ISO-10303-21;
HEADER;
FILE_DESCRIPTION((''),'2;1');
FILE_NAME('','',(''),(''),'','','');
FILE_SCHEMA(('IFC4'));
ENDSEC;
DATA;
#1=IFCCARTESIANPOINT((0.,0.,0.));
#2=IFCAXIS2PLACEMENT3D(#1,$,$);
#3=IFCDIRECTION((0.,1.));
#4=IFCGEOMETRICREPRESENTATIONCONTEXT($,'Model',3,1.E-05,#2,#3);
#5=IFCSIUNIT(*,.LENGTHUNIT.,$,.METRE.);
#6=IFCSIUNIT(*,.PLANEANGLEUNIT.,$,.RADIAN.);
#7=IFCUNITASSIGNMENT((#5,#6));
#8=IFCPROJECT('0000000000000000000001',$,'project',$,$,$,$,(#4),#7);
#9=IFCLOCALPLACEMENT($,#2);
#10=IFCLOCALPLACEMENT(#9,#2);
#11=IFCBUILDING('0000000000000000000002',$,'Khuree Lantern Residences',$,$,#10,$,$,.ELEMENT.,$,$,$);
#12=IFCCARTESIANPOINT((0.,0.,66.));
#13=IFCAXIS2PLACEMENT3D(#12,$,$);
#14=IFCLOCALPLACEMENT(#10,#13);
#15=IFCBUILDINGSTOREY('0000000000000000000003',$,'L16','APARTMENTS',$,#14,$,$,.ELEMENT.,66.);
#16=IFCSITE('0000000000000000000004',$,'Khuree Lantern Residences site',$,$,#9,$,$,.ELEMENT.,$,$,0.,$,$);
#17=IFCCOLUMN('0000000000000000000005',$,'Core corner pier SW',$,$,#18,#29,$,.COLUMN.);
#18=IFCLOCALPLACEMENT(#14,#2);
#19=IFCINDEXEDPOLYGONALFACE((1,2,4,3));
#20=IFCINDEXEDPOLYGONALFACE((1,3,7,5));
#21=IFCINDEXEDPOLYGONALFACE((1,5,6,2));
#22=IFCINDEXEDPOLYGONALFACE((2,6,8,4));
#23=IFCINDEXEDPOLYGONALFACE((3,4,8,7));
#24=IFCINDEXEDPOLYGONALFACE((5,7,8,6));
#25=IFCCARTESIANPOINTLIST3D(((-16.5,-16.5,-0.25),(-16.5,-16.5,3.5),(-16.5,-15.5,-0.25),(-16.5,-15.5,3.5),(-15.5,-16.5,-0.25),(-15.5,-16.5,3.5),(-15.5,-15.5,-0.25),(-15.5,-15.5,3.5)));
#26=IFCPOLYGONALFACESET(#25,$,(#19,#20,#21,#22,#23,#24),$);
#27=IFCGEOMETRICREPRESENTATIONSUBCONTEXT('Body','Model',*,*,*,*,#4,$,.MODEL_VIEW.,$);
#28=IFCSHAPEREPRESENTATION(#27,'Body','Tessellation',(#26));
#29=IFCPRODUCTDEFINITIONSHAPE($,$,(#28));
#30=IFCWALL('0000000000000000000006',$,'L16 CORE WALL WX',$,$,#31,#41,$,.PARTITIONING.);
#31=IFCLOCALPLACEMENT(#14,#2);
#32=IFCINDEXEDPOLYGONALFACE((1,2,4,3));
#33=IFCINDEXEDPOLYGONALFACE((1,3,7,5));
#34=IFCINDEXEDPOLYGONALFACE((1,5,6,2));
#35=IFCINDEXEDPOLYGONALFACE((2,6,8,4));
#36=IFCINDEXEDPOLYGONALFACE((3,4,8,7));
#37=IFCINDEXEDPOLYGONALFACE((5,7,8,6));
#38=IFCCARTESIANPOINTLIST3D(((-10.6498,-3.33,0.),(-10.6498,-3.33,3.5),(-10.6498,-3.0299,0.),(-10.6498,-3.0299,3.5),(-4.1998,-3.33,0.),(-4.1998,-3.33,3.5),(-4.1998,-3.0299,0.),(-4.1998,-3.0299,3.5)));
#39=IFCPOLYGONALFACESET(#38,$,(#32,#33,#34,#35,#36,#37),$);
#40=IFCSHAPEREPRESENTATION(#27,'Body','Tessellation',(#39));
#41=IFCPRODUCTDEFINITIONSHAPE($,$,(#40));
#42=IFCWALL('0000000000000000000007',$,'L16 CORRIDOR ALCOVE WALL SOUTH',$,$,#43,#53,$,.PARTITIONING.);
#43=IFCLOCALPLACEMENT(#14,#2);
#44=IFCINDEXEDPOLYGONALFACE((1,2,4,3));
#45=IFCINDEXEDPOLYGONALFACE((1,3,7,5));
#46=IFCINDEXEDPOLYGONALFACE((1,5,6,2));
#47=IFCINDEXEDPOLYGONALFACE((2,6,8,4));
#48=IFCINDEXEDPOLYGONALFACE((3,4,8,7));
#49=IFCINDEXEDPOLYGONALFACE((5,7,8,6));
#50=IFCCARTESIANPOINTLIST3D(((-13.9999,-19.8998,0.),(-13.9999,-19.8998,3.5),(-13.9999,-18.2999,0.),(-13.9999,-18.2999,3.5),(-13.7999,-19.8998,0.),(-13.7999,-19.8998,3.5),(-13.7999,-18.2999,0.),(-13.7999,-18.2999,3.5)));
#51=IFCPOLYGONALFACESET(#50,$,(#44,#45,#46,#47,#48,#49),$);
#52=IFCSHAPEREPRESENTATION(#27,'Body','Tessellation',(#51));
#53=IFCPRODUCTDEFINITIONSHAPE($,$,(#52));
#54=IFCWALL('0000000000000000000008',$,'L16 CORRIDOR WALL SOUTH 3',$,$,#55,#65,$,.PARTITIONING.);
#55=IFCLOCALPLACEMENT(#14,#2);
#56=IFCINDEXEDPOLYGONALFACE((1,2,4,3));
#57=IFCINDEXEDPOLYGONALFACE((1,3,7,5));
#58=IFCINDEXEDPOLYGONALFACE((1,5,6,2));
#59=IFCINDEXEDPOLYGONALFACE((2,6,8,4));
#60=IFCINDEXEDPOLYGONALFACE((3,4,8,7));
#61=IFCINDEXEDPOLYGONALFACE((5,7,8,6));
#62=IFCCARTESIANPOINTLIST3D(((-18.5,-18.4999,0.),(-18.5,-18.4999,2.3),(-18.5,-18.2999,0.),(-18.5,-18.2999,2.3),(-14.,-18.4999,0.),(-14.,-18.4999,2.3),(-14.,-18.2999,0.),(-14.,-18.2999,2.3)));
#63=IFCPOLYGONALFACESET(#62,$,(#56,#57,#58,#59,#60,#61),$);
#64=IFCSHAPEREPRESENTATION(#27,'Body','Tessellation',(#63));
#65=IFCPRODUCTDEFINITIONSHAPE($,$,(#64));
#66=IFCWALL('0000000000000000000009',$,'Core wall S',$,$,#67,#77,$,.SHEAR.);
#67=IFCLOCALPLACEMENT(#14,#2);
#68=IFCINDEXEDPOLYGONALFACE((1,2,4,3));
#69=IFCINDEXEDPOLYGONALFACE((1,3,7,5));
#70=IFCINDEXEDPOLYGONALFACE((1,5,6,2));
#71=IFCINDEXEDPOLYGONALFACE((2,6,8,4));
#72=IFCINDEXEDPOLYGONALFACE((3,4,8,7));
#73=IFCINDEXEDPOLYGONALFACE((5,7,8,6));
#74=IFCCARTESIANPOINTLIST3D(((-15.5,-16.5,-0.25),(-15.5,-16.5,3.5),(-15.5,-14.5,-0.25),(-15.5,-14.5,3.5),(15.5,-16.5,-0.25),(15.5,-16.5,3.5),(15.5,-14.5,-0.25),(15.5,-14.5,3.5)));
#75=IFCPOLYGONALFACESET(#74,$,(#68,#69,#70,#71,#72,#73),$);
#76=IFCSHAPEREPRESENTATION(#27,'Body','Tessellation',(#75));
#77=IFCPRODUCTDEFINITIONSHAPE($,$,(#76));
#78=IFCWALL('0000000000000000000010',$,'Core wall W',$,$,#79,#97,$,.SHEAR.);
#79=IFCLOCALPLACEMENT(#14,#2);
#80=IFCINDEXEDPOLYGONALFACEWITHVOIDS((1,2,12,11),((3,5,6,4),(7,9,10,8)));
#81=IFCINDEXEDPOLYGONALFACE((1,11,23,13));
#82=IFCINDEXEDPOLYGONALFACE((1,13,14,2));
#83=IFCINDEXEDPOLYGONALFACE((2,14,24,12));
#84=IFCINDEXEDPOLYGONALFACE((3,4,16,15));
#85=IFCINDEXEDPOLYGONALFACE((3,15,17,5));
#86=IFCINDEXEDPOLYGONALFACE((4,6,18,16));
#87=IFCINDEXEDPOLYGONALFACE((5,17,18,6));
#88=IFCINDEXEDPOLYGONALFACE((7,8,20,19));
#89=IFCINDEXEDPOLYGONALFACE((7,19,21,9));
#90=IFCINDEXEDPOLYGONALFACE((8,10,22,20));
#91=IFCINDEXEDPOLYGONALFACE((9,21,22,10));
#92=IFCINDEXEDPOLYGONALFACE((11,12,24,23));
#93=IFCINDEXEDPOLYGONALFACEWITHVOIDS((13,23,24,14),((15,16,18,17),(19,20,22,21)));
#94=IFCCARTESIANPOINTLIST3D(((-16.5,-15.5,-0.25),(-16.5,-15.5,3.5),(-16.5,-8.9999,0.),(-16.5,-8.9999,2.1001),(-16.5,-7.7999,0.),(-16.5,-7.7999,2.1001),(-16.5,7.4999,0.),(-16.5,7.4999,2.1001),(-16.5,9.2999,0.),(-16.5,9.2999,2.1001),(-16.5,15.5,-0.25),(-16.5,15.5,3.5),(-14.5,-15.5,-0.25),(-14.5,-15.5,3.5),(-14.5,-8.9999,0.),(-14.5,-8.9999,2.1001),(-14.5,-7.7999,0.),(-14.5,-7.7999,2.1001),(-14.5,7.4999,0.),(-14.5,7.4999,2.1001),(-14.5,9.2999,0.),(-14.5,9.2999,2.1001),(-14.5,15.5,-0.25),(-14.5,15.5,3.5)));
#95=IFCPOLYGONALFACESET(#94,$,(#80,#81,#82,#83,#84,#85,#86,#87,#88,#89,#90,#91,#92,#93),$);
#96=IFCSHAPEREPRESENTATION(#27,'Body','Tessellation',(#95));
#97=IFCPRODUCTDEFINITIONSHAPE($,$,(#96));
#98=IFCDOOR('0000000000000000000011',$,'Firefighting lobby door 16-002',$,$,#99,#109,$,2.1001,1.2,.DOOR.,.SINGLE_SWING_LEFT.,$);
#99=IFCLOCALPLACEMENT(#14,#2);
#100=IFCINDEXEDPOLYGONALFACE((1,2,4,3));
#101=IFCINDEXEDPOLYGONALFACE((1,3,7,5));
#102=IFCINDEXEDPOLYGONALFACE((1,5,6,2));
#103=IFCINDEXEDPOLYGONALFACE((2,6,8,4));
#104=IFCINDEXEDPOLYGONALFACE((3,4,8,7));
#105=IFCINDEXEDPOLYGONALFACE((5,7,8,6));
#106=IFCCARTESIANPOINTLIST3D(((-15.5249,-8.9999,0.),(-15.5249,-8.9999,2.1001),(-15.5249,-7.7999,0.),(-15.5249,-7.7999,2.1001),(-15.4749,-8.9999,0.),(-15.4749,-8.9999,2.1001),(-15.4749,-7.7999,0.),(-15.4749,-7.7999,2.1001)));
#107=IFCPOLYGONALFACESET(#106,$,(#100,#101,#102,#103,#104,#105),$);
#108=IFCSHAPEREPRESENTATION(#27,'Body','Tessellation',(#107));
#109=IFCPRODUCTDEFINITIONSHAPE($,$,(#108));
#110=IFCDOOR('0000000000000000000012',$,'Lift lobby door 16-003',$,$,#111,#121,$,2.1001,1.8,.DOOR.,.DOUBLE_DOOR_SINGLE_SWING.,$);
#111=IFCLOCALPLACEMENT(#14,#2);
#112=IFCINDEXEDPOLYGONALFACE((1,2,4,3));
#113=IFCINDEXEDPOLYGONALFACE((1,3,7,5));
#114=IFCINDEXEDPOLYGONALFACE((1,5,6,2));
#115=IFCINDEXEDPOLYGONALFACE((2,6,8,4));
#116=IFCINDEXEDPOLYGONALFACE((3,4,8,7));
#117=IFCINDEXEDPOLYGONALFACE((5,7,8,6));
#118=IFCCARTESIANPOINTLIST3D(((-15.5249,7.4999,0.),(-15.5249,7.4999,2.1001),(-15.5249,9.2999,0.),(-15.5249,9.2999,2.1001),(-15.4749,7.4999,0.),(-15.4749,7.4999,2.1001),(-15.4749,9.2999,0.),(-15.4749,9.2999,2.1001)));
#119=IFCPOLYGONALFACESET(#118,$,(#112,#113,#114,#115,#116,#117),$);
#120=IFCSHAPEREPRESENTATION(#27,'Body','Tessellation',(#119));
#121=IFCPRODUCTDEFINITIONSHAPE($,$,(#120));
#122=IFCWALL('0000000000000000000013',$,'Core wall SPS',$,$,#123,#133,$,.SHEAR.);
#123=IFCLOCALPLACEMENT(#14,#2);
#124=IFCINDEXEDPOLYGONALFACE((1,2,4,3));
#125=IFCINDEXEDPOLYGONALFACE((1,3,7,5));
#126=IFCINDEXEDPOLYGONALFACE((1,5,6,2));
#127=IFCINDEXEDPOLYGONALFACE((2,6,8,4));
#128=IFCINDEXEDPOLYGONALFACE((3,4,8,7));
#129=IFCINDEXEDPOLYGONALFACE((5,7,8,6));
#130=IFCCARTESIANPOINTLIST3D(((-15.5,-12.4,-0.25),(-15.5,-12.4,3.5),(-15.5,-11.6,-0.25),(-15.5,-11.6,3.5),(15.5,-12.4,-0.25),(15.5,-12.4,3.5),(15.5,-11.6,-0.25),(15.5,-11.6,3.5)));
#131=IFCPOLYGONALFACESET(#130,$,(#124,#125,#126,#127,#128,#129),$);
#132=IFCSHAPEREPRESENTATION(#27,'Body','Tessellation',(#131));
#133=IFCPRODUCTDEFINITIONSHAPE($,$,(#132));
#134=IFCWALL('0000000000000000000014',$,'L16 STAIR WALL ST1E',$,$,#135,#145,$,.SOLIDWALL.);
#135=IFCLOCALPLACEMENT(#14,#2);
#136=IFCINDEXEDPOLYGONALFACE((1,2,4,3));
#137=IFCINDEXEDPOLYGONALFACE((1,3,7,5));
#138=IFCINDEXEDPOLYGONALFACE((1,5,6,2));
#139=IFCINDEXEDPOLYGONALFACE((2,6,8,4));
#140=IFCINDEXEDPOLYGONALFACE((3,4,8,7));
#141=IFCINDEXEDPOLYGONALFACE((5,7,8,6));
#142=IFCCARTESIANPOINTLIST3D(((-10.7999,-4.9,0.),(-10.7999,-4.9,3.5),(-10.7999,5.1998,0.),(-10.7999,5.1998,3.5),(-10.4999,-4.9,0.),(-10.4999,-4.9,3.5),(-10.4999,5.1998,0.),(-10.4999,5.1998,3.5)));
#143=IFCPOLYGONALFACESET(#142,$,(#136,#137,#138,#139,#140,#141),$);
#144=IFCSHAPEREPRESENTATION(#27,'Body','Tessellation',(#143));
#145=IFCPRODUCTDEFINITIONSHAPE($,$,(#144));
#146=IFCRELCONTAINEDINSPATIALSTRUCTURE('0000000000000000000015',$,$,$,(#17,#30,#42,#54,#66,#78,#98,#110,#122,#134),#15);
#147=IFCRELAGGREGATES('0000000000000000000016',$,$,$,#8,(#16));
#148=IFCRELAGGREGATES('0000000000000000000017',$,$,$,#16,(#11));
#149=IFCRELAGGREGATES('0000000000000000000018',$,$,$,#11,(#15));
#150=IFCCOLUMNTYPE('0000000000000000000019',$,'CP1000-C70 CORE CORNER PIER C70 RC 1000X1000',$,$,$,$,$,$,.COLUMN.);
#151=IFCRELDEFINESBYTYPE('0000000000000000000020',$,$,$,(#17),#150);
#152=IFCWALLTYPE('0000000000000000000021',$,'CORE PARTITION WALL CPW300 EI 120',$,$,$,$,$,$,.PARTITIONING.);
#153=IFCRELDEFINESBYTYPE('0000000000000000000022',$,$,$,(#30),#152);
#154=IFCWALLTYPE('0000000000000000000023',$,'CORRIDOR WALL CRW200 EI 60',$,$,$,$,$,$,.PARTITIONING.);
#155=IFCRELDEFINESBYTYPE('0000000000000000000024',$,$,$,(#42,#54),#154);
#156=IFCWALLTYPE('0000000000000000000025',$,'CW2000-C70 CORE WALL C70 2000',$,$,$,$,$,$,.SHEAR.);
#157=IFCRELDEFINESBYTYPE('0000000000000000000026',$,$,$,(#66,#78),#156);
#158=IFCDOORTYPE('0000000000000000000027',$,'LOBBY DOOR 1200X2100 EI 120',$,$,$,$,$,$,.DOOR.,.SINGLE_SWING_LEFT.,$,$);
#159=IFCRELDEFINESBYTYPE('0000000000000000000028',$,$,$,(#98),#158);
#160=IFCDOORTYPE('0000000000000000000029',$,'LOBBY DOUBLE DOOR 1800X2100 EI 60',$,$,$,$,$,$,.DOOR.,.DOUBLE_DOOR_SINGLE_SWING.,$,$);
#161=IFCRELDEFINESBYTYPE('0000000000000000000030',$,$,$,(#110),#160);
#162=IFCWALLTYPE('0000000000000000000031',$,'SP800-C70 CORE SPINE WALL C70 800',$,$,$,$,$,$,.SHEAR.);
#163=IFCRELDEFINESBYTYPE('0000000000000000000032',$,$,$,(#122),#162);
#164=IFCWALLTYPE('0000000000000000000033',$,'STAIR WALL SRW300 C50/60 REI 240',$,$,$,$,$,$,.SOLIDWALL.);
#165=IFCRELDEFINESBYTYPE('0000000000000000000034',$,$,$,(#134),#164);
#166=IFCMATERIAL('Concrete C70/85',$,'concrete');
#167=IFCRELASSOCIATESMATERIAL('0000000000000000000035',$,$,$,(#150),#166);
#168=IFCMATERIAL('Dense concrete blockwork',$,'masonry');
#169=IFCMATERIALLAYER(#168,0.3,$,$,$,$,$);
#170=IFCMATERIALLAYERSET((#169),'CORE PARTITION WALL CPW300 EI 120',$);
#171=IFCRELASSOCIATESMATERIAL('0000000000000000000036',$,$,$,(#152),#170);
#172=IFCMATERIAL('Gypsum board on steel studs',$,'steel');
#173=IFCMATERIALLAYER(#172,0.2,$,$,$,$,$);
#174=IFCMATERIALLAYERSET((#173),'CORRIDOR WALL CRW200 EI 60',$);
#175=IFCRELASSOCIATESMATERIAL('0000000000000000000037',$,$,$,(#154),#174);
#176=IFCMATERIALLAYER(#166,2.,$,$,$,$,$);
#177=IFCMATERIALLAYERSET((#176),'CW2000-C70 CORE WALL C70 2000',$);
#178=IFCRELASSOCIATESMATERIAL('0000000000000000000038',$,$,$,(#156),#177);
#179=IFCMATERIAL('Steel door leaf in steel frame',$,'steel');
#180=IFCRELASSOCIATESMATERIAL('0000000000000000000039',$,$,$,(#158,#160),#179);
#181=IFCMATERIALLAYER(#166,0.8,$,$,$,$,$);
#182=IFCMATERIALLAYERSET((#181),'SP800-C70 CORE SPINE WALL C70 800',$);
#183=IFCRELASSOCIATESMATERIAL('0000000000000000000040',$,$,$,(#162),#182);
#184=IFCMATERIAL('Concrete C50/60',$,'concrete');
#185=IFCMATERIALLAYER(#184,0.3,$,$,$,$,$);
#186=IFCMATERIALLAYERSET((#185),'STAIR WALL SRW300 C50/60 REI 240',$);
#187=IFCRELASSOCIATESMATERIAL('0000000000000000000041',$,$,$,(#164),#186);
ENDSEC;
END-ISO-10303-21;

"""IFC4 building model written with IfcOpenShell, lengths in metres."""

from ifc_helpers import new_model, si_unit, direction, frame, frame_2d, origin, origin_2d, place, context, subcontext, project, spatial, rectangle, extrude, material, layer, layer_set, material_profile, profile_set, type_object, element, fill, save


model = new_model("IFC4")

# Units and contexts
model_context = context("Model", 3, precision=1e-05, world=origin(), true_north=direction((0.0, 1.0)))
body_context = subcontext(model_context, "Body", "Model", "MODEL_VIEW")
ifc_project = project(units=[si_unit("LENGTHUNIT", "METRE"), si_unit("PLANEANGLEUNIT", "RADIAN")], contexts=[model_context])

# Site, building, storey
site_placement = place(None, origin())
site = spatial("IfcSite", under=ifc_project, at=site_placement, Name="Khuree Lantern Residences site", CompositionType="ELEMENT", RefElevation=0.0)
building_placement = place(site_placement, origin())
building = spatial("IfcBuilding", under=site, at=building_placement, Name="Khuree Lantern Residences", CompositionType="ELEMENT")
storey_placement = place(building_placement, frame((0.0, 0.0, 66.0)))
storey = spatial("IfcBuildingStorey", under=building, at=storey_placement, Name="L16", Description="APARTMENTS", CompositionType="ELEMENT", Elevation=66.0)

# Column
ifc_material_1 = material(Name="Concrete C70/85", Category="concrete")
ifc_material_profile = material_profile(ifc_material_1, rectangle(XDim=1.0, YDim=1.0, at=origin_2d()), Name="RC 1000X1000")
ifc_profile_set = profile_set([ifc_material_profile], Name="Concrete C70/85")
column_type = type_object("IfcColumnType", Name="CP1000-C70 CORE CORNER PIER C70 RC 1000X1000", PredefinedType="COLUMN", material=ifc_profile_set)
column_placement = place(storey_placement, frame((-16.0, -16.0, -0.25), z_axis=(0.0, 0.0, 1.0), x_axis=(1.0, 0.0, 0.0)))
element("IfcColumn", 1, at=column_placement, inside=storey, type_object=column_type, Name="Core corner pier SW", PredefinedType="COLUMN", context=body_context, shape_type="SweptSolid", body=[
    extrude(rectangle(XDim=1.0, YDim=1.0, at=origin_2d()), origin(), (0.0, 0.0, 1.0), 3.75),
])

# Walls
ifc_material_2 = material(Name="Dense concrete blockwork", Category="masonry")
ifc_layer_1 = layer(ifc_material_2, 0.3)
ifc_layer_set_1 = layer_set([ifc_layer_1], Name="CORE PARTITION WALL CPW300 EI 120")
wall_type_1 = type_object("IfcWallType", Name="CORE PARTITION WALL CPW300 EI 120", PredefinedType="PARTITIONING", material=ifc_layer_set_1)
wall_1_placement = place(storey_placement, frame((-10.6499, -3.1799, 0.0), z_axis=(0.0, 0.0, 1.0), x_axis=(1.0, 0.0, 0.0)))
element("IfcWall", 2, at=wall_1_placement, inside=storey, type_object=wall_type_1, Name="L16 CORE WALL WX", PredefinedType="PARTITIONING", context=body_context, shape_type="SweptSolid", body=[
    extrude(rectangle(XDim=6.45, YDim=0.3, at=frame_2d((3.2251, 0.0))), origin(), (0.0, 0.0, 1.0), 3.5),
])
ifc_material_3 = material(Name="Gypsum board on steel studs", Category="steel")
ifc_layer_2 = layer(ifc_material_3, 0.2)
ifc_layer_set_2 = layer_set([ifc_layer_2], Name="CORRIDOR WALL CRW200 EI 60")
wall_type_2 = type_object("IfcWallType", Name="CORRIDOR WALL CRW200 EI 60", PredefinedType="PARTITIONING", material=ifc_layer_set_2)
wall_2_placement = place(storey_placement, frame((-13.8999, -18.3, 0.0), z_axis=(0.0, 0.0, 1.0), x_axis=(0.0, -1.0, 0.0)))
element("IfcWall", 3, at=wall_2_placement, inside=storey, type_object=wall_type_2, Name="L16 CORRIDOR ALCOVE WALL SOUTH", PredefinedType="PARTITIONING", context=body_context, shape_type="SweptSolid", body=[
    extrude(rectangle(XDim=1.5999, YDim=0.2, at=frame_2d((0.7998, 0.0))), origin(), (0.0, 0.0, 1.0), 3.5),
])
wall_3_placement = place(storey_placement, frame((-14.0, -18.3999, 0.0), z_axis=(0.0, 0.0, 1.0), x_axis=(-1.0, 0.0, 0.0)))
element("IfcWall", 4, at=wall_3_placement, inside=storey, type_object=wall_type_2, Name="L16 CORRIDOR WALL SOUTH 3", PredefinedType="PARTITIONING", context=body_context, shape_type="SweptSolid", body=[
    extrude(rectangle(XDim=4.5, YDim=0.2, at=frame_2d((2.25, 0.0))), origin(), (0.0, 0.0, 1.0), 2.3),
])
ifc_layer_3 = layer(ifc_material_1, 2.0)
ifc_layer_set_3 = layer_set([ifc_layer_3], Name="CW2000-C70 CORE WALL C70 2000")
wall_type_3 = type_object("IfcWallType", Name="CW2000-C70 CORE WALL C70 2000", PredefinedType="SHEAR", material=ifc_layer_set_3)
wall_4_placement = place(storey_placement, frame((-15.5, -15.5, -0.25), z_axis=(0.0, 0.0, 1.0), x_axis=(1.0, 0.0, 0.0)))
element("IfcWall", 5, at=wall_4_placement, inside=storey, type_object=wall_type_3, Name="Core wall S", PredefinedType="SHEAR", context=body_context, shape_type="SweptSolid", body=[
    extrude(rectangle(XDim=31.0, YDim=2.0, at=frame_2d((15.5, 0.0))), origin(), (0.0, 0.0, 1.0), 3.75),
])

# Wall, openings, doors
wall_5_placement = place(storey_placement, frame((-15.5, -15.5, -0.25), z_axis=(0.0, 0.0, 1.0), x_axis=(0.0, 1.0, 0.0)))
wall_5 = element("IfcWall", 6, at=wall_5_placement, inside=storey, type_object=wall_type_3, Name="Core wall W", PredefinedType="SHEAR", context=body_context, shape_type="SweptSolid", body=[
    extrude(rectangle(XDim=31.0, YDim=2.0, at=frame_2d((15.5, 0.0))), origin(), (0.0, 0.0, 1.0), 3.75),
])
opening_1_placement = place(wall_5_placement, frame((6.5, 0.0, 0.25)))
opening_1 = element("IfcOpeningElement", 7, at=opening_1_placement, cuts=wall_5, PredefinedType="OPENING", context=body_context, shape_type="SweptSolid", body=[
    extrude(rectangle(XDim=1.2, YDim=2.1001, at=frame_2d((0.6001, 1.05))), frame((0.0, 1.01, 0.0), z_axis=(0.0, -1.0, 0.0), x_axis=(1.0, 0.0, 0.0)), (0.0, 0.0, 1.0), 2.02),
])
opening_2_placement = place(wall_5_placement, frame((23.0, 0.0, 0.25)))
opening_2 = element("IfcOpeningElement", 8, at=opening_2_placement, cuts=wall_5, PredefinedType="OPENING", context=body_context, shape_type="SweptSolid", body=[
    extrude(rectangle(XDim=1.8, YDim=2.1001, at=frame_2d((0.8999, 1.05))), frame((0.0, 1.01, 0.0), z_axis=(0.0, -1.0, 0.0), x_axis=(1.0, 0.0, 0.0)), (0.0, 0.0, 1.0), 2.02),
])
ifc_material_4 = material(Name="Steel door leaf in steel frame", Category="steel")
door_type_1 = type_object("IfcDoorType", Name="LOBBY DOOR 1200X2100 EI 120", OperationType="SINGLE_SWING_LEFT", PredefinedType="DOOR", material=ifc_material_4)
door_1_placement = place(opening_1_placement, origin())
door_1 = element("IfcDoor", 9, at=door_1_placement, inside=storey, type_object=door_type_1, Name="Firefighting lobby door 16-002", OperationType="SINGLE_SWING_LEFT", OverallHeight=2.1001, OverallWidth=1.2, PredefinedType="DOOR", context=body_context, shape_type="SweptSolid", body=[
    extrude(rectangle(XDim=1.2, YDim=2.1001, at=frame_2d((0.6001, 1.05))), frame((0.0, 0.0249, 0.0), z_axis=(0.0, -1.0, 0.0), x_axis=(1.0, 0.0, 0.0)), (0.0, 0.0, 1.0), 0.05),
])
fill(opening_1, door_1)
door_type_2 = type_object("IfcDoorType", Name="LOBBY DOUBLE DOOR 1800X2100 EI 60", OperationType="DOUBLE_DOOR_SINGLE_SWING", PredefinedType="DOOR", material=ifc_material_4)
door_2_placement = place(opening_2_placement, origin())
door_2 = element("IfcDoor", 10, at=door_2_placement, inside=storey, type_object=door_type_2, Name="Lift lobby door 16-003", OperationType="DOUBLE_DOOR_SINGLE_SWING", OverallHeight=2.1001, OverallWidth=1.8, PredefinedType="DOOR", context=body_context, shape_type="SweptSolid", body=[
    extrude(rectangle(XDim=1.8, YDim=2.1001, at=frame_2d((0.8999, 1.05))), frame((0.0, 0.0249, 0.0), z_axis=(0.0, -1.0, 0.0), x_axis=(1.0, 0.0, 0.0)), (0.0, 0.0, 1.0), 0.05),
])
fill(opening_2, door_2)

# Walls
ifc_layer_4 = layer(ifc_material_1, 0.8)
ifc_layer_set_4 = layer_set([ifc_layer_4], Name="SP800-C70 CORE SPINE WALL C70 800")
wall_type_4 = type_object("IfcWallType", Name="SP800-C70 CORE SPINE WALL C70 800", PredefinedType="SHEAR", material=ifc_layer_set_4)
wall_6_placement = place(storey_placement, frame((-15.5, -12.0, -0.25), z_axis=(0.0, 0.0, 1.0), x_axis=(1.0, 0.0, 0.0)))
element("IfcWall", 11, at=wall_6_placement, inside=storey, type_object=wall_type_4, Name="Core wall SPS", PredefinedType="SHEAR", context=body_context, shape_type="SweptSolid", body=[
    extrude(rectangle(XDim=31.0, YDim=0.8, at=frame_2d((15.5, 0.0))), origin(), (0.0, 0.0, 1.0), 3.75),
])
ifc_material_5 = material(Name="Concrete C50/60", Category="concrete")
ifc_layer_5 = layer(ifc_material_5, 0.3)
ifc_layer_set_5 = layer_set([ifc_layer_5], Name="STAIR WALL SRW300 C50/60 REI 240")
wall_type_5 = type_object("IfcWallType", Name="STAIR WALL SRW300 C50/60 REI 240", PredefinedType="SOLIDWALL", material=ifc_layer_set_5)
wall_7_placement = place(storey_placement, frame((-10.6499, -4.8999, 0.0), z_axis=(0.0, 0.0, 1.0), x_axis=(0.0, 1.0, 0.0)))
element("IfcWall", 12, at=wall_7_placement, inside=storey, type_object=wall_type_5, Name="L16 STAIR WALL ST1E", PredefinedType="SOLIDWALL", context=body_context, shape_type="SweptSolid", body=[
    extrude(rectangle(XDim=10.0999, YDim=0.3, at=frame_2d((5.0498, 0.0))), origin(), (0.0, 0.0, 1.0), 3.5),
])

save(model, "model.ifc")
